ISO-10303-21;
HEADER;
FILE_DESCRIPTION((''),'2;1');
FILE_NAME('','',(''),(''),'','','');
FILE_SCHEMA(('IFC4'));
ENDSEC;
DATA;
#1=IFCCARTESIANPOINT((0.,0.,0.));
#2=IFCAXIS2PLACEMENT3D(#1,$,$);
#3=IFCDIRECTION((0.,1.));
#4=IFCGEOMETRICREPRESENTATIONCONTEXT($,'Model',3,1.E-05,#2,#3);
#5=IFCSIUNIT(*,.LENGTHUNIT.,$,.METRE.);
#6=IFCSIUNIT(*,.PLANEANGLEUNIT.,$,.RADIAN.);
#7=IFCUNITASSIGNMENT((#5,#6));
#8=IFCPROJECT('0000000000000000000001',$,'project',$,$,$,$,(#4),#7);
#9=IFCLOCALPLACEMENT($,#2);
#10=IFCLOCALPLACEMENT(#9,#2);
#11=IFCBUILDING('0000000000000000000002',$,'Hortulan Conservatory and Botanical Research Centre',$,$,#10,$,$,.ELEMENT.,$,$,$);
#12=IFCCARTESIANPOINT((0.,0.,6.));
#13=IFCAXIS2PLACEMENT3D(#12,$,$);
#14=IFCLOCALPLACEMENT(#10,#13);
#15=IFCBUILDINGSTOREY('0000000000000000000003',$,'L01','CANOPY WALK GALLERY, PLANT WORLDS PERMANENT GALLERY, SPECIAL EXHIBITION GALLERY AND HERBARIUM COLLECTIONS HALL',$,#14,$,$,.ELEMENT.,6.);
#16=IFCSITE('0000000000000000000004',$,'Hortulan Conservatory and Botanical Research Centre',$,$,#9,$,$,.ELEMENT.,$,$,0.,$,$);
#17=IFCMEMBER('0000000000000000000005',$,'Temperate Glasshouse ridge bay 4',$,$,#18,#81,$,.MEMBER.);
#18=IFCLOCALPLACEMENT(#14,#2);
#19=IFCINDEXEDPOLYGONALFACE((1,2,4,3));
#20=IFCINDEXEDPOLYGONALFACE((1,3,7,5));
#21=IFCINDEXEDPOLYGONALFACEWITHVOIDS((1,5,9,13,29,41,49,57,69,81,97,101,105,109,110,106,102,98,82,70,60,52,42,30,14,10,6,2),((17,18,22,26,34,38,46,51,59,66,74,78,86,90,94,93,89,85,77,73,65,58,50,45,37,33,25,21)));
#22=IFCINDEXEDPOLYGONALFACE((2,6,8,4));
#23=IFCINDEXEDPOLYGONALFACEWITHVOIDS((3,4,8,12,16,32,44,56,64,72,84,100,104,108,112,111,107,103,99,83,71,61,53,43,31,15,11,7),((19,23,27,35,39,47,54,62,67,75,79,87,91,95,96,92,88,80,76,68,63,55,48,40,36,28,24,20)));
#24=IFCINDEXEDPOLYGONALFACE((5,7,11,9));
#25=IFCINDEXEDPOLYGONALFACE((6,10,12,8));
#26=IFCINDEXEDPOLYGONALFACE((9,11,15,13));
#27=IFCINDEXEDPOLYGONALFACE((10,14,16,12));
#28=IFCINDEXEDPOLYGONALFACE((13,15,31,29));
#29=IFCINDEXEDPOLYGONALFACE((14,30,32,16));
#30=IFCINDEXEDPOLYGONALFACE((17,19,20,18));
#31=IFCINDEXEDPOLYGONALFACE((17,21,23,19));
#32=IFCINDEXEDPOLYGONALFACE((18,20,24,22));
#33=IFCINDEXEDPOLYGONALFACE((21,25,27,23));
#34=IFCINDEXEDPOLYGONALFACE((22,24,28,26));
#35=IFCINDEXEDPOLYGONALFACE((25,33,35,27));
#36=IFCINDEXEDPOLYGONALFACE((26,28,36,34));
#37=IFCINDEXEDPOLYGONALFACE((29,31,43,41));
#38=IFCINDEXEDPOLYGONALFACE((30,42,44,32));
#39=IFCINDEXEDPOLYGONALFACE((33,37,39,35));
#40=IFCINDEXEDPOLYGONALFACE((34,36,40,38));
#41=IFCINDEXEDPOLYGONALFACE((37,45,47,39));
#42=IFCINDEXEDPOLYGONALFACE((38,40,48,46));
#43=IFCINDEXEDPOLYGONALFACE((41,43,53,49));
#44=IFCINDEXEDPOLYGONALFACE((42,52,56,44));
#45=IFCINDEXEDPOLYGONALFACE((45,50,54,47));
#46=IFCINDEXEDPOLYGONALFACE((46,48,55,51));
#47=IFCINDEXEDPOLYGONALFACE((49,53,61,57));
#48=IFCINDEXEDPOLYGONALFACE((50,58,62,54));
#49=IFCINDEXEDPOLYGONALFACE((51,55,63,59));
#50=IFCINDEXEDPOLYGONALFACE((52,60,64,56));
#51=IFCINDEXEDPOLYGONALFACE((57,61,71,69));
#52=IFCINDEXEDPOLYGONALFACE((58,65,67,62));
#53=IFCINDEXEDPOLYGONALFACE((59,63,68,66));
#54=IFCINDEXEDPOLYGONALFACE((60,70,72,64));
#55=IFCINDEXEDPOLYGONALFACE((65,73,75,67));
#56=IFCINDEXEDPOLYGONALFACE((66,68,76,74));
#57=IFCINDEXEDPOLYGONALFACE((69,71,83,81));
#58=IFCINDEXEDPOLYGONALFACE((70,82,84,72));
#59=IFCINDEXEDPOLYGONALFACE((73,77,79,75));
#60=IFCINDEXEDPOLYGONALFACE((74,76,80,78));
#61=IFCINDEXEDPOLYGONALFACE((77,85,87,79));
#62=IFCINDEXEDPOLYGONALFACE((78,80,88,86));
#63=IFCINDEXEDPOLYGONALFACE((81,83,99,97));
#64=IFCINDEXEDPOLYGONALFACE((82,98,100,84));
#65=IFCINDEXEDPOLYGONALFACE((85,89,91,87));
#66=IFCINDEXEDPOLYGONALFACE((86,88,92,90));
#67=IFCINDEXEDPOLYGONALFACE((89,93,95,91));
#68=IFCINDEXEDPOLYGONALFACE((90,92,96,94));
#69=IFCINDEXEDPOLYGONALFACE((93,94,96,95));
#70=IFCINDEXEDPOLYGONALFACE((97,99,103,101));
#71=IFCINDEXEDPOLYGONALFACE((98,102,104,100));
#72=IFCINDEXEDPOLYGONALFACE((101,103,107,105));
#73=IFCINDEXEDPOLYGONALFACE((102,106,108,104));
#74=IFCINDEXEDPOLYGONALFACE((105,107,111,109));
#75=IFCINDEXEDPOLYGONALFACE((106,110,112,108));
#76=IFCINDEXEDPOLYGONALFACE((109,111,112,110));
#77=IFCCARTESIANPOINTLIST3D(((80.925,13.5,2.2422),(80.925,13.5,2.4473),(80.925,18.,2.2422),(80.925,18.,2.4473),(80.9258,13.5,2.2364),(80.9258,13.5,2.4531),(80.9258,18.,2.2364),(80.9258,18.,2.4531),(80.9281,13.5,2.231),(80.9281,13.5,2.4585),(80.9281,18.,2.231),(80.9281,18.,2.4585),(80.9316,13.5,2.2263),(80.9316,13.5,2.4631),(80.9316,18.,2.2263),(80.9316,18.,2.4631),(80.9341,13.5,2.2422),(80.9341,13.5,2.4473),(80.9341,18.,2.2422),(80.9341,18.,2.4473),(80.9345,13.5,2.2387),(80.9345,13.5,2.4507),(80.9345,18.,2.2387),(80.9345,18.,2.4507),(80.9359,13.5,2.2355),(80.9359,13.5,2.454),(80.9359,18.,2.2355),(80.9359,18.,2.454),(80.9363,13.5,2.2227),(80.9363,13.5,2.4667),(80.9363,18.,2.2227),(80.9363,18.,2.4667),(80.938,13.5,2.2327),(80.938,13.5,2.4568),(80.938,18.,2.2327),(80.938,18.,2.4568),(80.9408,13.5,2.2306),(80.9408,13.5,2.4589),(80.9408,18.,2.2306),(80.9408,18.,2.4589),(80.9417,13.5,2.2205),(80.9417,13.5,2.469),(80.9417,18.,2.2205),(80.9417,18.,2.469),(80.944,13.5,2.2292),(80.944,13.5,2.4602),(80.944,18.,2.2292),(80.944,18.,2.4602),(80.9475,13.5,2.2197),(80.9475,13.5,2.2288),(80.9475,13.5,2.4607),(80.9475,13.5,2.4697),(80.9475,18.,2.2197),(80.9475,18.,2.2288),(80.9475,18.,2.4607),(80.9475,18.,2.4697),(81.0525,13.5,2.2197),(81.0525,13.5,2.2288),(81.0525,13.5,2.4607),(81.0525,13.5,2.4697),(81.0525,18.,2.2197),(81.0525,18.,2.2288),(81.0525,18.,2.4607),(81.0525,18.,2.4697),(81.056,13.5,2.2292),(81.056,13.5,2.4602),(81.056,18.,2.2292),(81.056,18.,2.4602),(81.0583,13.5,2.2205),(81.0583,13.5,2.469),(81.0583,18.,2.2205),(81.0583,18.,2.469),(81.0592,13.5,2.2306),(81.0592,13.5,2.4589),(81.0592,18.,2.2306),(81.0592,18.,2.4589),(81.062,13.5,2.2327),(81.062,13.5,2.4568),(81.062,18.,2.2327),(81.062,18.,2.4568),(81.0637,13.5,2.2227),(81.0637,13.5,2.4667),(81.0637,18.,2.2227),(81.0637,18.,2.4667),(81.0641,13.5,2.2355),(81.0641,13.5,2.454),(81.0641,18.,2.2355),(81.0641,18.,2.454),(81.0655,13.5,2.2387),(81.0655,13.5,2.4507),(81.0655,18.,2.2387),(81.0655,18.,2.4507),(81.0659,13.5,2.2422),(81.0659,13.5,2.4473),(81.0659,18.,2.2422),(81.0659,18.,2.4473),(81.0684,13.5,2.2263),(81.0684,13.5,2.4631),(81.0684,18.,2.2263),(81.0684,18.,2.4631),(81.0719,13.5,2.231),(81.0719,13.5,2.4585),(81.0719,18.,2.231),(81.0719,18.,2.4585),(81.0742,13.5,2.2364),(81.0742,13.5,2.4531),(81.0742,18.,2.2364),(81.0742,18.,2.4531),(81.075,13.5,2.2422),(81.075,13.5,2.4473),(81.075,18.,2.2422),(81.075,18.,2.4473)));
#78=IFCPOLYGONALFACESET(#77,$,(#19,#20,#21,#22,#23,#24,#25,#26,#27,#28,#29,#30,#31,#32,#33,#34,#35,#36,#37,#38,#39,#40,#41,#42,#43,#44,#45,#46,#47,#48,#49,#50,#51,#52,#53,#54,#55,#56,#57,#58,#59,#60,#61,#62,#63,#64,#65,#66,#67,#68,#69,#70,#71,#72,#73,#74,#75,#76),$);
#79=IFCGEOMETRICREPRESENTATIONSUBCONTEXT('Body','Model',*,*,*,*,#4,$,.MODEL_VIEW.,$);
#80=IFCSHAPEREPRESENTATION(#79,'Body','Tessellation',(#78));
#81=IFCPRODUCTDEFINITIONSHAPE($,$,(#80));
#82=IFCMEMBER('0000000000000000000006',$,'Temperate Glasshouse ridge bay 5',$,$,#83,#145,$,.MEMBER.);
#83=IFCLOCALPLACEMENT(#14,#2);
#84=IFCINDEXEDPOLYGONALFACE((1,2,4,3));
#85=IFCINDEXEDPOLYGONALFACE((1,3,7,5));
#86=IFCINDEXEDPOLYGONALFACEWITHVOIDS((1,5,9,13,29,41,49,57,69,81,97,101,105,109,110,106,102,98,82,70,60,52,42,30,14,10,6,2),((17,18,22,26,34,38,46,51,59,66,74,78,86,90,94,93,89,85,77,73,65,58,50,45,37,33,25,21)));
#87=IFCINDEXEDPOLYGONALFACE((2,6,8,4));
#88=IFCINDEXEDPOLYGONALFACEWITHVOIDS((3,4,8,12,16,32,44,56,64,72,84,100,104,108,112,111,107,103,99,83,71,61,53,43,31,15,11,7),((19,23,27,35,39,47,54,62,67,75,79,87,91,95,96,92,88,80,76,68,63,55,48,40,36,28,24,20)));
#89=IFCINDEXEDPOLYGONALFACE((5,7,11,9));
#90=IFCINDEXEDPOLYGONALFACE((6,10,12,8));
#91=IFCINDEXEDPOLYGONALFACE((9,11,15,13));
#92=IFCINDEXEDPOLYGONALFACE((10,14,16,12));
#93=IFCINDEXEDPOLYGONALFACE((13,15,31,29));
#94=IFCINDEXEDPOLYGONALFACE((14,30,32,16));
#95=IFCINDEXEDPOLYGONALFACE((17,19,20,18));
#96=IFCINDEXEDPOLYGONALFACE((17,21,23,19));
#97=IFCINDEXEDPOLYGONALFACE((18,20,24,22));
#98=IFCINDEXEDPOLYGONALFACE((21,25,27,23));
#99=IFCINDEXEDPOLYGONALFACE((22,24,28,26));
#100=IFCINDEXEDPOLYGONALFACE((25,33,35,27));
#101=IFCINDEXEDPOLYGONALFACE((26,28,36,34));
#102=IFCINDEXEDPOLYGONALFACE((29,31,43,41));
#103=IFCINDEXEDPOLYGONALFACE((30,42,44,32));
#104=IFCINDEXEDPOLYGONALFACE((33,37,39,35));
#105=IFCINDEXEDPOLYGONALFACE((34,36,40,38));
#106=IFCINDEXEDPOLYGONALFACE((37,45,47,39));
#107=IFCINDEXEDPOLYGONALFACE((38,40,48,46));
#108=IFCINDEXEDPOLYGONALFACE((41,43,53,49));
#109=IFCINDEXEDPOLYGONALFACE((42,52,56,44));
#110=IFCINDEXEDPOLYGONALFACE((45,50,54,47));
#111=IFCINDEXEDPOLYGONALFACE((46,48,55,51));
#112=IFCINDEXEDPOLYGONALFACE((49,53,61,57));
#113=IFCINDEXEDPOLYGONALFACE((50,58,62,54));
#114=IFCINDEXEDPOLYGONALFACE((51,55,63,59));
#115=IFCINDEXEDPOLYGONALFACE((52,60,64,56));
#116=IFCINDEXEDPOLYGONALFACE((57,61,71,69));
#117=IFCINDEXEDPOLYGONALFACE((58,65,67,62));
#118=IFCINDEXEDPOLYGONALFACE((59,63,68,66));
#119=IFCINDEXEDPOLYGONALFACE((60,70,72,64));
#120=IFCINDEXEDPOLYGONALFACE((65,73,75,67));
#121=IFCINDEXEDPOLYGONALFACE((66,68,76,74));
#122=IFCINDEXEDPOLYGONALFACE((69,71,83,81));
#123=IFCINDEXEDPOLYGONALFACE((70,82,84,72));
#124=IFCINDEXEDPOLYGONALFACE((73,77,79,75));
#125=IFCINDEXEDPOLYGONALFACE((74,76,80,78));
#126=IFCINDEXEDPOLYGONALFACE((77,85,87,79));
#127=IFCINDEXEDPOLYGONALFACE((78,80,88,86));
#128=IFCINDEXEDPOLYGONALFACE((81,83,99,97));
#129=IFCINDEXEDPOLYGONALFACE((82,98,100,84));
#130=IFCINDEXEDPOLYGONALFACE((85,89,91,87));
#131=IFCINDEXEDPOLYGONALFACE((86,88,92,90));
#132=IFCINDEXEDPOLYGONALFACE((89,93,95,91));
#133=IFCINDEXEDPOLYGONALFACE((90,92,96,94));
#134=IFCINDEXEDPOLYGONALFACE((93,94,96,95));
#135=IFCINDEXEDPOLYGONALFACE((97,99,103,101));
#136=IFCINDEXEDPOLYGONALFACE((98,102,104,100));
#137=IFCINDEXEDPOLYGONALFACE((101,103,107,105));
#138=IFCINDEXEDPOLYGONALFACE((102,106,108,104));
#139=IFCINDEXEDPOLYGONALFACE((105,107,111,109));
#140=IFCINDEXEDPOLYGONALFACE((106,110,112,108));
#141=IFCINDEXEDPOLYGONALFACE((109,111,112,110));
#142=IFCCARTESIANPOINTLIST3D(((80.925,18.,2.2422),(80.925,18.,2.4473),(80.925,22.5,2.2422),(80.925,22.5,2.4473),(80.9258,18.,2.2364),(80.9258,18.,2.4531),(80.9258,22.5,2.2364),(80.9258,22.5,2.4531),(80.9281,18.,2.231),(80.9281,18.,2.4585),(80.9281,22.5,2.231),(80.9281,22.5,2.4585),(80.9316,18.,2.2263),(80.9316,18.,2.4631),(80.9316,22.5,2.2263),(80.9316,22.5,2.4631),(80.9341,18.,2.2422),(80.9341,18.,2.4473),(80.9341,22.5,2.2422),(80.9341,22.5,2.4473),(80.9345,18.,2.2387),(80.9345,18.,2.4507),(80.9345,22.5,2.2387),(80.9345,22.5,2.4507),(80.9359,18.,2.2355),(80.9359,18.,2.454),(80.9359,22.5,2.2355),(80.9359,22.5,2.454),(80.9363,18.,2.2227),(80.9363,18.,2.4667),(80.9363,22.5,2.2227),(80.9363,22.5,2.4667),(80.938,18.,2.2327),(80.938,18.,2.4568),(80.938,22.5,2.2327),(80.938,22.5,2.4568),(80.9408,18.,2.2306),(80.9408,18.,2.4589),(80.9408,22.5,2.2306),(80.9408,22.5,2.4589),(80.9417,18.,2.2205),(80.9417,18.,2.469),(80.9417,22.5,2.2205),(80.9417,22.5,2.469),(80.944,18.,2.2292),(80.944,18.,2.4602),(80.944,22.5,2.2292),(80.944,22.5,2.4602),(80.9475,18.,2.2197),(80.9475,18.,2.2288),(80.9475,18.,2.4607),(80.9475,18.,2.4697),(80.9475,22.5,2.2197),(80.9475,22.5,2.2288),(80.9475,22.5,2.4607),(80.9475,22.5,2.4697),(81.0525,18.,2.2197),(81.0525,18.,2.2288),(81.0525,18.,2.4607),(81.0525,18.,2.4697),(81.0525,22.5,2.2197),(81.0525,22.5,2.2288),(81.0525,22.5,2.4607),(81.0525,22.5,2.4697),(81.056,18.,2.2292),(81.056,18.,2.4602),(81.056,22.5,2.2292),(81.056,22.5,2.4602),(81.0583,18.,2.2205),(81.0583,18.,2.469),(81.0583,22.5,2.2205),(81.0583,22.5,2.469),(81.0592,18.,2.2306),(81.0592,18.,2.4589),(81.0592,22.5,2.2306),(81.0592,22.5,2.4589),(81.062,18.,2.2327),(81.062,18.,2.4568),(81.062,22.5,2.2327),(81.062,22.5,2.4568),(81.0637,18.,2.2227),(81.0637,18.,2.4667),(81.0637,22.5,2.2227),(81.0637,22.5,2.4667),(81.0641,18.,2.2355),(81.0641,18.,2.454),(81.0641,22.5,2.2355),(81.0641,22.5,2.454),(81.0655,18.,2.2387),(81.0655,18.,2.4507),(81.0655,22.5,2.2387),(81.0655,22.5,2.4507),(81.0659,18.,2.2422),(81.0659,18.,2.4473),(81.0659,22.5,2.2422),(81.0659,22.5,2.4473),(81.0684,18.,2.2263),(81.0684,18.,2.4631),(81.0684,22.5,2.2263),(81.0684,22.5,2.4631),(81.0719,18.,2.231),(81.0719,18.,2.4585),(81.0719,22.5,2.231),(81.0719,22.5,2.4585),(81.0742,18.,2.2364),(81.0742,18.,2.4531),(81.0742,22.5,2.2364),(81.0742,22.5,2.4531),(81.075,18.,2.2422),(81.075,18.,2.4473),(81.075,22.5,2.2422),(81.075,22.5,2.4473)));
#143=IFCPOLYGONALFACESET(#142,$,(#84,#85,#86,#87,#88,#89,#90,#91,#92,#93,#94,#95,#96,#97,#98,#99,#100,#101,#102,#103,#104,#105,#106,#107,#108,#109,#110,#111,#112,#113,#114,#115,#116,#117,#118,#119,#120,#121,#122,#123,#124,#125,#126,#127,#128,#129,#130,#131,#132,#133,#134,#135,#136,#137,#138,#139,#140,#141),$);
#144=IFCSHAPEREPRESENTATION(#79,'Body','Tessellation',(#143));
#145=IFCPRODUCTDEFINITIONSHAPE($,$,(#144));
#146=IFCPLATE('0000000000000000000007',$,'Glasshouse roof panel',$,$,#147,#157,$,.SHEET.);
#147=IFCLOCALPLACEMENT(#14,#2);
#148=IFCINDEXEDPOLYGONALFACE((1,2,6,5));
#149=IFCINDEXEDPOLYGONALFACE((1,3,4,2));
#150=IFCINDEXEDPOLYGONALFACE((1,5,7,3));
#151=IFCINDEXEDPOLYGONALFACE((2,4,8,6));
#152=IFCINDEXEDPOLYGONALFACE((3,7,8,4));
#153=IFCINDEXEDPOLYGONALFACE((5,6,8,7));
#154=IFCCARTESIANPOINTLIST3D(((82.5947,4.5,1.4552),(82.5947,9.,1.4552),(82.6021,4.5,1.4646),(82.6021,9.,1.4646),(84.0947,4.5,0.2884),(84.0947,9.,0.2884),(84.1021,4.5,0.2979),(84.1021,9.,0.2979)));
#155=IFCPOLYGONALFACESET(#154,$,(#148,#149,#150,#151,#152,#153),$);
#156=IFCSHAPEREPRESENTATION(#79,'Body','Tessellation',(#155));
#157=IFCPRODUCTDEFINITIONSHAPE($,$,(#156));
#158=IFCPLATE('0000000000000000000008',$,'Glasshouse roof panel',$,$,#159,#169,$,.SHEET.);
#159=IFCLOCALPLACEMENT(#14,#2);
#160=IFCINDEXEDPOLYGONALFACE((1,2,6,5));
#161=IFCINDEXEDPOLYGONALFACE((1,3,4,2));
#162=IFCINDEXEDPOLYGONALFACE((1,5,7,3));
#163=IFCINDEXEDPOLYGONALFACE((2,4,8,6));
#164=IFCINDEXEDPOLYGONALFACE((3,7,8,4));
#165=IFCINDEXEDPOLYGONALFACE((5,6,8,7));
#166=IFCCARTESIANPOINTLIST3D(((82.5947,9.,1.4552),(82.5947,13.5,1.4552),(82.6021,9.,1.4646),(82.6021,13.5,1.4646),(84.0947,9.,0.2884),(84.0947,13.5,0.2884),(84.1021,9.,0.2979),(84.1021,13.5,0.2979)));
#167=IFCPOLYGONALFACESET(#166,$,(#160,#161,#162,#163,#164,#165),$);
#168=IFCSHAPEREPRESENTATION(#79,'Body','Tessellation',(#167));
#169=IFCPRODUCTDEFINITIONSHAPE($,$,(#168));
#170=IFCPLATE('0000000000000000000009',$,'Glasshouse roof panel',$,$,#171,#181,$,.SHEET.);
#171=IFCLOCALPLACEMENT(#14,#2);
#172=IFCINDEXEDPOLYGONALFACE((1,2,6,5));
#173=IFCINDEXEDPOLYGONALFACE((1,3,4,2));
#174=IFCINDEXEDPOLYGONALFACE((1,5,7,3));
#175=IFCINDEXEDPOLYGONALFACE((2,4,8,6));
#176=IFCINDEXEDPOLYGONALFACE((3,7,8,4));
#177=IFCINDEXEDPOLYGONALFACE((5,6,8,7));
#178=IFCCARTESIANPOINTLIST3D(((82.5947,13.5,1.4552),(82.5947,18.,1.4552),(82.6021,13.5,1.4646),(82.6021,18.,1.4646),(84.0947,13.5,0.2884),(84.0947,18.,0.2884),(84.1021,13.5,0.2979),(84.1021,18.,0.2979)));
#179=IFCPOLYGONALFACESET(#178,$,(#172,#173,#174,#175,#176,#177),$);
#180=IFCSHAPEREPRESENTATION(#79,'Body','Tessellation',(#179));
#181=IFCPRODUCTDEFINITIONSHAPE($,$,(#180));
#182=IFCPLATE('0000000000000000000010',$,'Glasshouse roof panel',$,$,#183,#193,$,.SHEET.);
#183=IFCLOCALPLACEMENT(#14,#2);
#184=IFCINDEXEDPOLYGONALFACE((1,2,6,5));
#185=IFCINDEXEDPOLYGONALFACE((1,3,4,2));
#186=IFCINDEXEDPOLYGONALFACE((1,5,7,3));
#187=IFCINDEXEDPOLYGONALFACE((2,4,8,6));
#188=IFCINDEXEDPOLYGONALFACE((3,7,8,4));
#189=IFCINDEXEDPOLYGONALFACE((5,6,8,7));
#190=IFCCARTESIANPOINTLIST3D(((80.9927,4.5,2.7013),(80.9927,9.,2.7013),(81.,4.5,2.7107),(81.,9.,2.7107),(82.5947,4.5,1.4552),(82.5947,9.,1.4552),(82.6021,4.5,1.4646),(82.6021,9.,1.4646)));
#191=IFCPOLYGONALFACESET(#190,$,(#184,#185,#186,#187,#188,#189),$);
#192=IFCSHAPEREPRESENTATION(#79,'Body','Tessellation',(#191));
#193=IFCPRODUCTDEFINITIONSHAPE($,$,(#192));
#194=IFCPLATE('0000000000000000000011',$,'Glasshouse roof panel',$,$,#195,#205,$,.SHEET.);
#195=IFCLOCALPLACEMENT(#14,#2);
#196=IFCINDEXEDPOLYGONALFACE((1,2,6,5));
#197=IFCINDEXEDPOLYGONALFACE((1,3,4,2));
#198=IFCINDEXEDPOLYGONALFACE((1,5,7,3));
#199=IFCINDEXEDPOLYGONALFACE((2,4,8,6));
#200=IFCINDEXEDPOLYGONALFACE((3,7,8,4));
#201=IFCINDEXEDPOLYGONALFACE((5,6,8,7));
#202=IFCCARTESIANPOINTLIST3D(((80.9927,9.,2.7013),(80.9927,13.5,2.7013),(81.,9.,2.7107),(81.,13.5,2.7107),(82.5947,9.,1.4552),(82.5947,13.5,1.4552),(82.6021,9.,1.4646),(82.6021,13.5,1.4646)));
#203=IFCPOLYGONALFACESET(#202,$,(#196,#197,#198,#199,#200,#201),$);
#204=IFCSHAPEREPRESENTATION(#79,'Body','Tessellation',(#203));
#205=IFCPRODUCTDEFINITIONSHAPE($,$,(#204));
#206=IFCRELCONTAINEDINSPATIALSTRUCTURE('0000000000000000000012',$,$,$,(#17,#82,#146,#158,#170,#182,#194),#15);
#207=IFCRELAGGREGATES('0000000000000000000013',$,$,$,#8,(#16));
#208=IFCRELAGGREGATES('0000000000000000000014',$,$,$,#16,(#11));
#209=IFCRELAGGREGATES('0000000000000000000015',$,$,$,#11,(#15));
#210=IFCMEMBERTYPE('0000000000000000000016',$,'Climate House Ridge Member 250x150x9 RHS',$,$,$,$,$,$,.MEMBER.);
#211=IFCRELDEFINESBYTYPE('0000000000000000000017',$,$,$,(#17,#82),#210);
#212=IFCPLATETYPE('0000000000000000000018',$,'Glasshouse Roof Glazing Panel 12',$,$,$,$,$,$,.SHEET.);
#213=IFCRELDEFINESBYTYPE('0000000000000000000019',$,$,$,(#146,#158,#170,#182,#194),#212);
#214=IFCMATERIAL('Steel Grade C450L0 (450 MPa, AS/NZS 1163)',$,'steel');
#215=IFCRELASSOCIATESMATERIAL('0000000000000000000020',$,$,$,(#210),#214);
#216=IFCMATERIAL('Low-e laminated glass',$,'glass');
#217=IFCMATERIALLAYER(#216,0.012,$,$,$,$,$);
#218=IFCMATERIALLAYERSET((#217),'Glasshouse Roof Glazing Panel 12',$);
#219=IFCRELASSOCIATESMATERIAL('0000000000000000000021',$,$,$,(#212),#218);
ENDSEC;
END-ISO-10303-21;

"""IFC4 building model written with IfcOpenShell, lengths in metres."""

from ifc_helpers import new_model, si_unit, direction, frame, origin, origin_2d, place, context, subcontext, project, spatial, polyline, hollow_rectangle, outline, extrude, material, layer, layer_set, material_profile, profile_set, type_object, element, save


model = new_model("IFC4")

# Units and contexts
model_context = context("Model", 3, precision=1e-05, world=origin(), true_north=direction((0.0, 1.0)))
body_context = subcontext(model_context, "Body", "Model", "MODEL_VIEW")
ifc_project = project(units=[si_unit("LENGTHUNIT", "METRE"), si_unit("PLANEANGLEUNIT", "RADIAN")], contexts=[model_context])

# Site, building, storey
site_placement = place(None, origin())
site = spatial("IfcSite", under=ifc_project, at=site_placement, Name="Hortulan Conservatory and Botanical Research Centre", CompositionType="ELEMENT", RefElevation=0.0)
building_placement = place(site_placement, origin())
building = spatial("IfcBuilding", under=site, at=building_placement, Name="Hortulan Conservatory and Botanical Research Centre", CompositionType="ELEMENT")
storey_placement = place(building_placement, frame((0.0, 0.0, 6.0)))
storey = spatial("IfcBuildingStorey", under=building, at=storey_placement, Name="L01", Description="CANOPY WALK GALLERY, PLANT WORLDS PERMANENT GALLERY, SPECIAL EXHIBITION GALLERY AND HERBARIUM COLLECTIONS HALL", CompositionType="ELEMENT", Elevation=6.0)

# Shared definitions
ifc_material_1 = material(Name="Steel Grade C450L0 (450 MPa, AS/NZS 1163)", Category="steel")

# Members
ifc_material_profile_1 = material_profile(ifc_material_1, hollow_rectangle(XDim=0.1499, YDim=0.25, WallThickness=0.009, InnerFilletRadius=0.0134, OuterFilletRadius=0.0225, at=origin_2d()), Name="250x150x9RHS")
ifc_profile_set_1 = profile_set([ifc_material_profile_1], Name="Steel Grade C450L0 (450 MPa, AS/NZS 1163)")
member_type_1 = type_object("IfcMemberType", Name="Climate House Ridge Member 250x150x9 RHS", PredefinedType="MEMBER", material=ifc_profile_set_1)
for number, where, z_axis, x_axis, name in (
    (1, (81.0, 13.5, 2.3447), (0.0, 1.0, 0.0), (-1.0, 0.0, 0.0), "Temperate Glasshouse ridge bay 4"),
    (2, (81.0, 18.0, 2.3447), (0.0, 1.0, 0.0), (-1.0, 0.0, 0.0), "Temperate Glasshouse ridge bay 5"),
):
    element("IfcMember", number, at=place(storey_placement, frame(where, z_axis=z_axis, x_axis=x_axis)), inside=storey, type_object=member_type_1, Name=name, PredefinedType="MEMBER", context=body_context, shape_type="SweptSolid", body=[
        extrude(hollow_rectangle(XDim=0.1499, YDim=0.25, WallThickness=0.009, InnerFilletRadius=0.0134, OuterFilletRadius=0.0225, at=origin_2d()), origin(), (0.0, 0.0, 1.0), 4.5),
    ])

# Plates
ifc_material_2 = material(Name="Low-e laminated glass", Category="glass")
ifc_layer = layer(ifc_material_2, 0.012)
ifc_layer_set = layer_set([ifc_layer], Name="Glasshouse Roof Glazing Panel 12")
plate_type = type_object("IfcPlateType", Name="Glasshouse Roof Glazing Panel 12", PredefinedType="SHEET", material=ifc_layer_set)
for number, where, z_axis, x_axis, name in (
    (3, (84.1021, 9.0, 0.2979), (0.613967, 0.0, 0.789331), (-0.789331, 0.0, 0.613967), "Glasshouse roof panel"),
    (4, (84.1021, 13.5, 0.2979), (0.613967, 0.0, 0.789331), (-0.789331, 0.0, 0.613967), "Glasshouse roof panel"),
    (5, (84.1021, 18.0, 0.2979), (0.613967, 0.0, 0.789331), (-0.789331, 0.0, 0.613967), "Glasshouse roof panel"),
):
    element("IfcPlate", number, at=place(storey_placement, frame(where, z_axis=z_axis, x_axis=x_axis)), inside=storey, type_object=plate_type, Name=name, PredefinedType="SHEET", context=body_context, shape_type="SweptSolid", body=[
        extrude(outline(polyline([(0.0, 0.0), (1.9003, 0.0), (1.9003, 4.5), (0.0, 4.5), (0.0, 0.0)])), origin(), (0.0, 0.0, -1.0), 0.012),
    ])
for number, where, z_axis, x_axis, name in (
    (6, (82.6021, 9.0, 1.4646), (0.613957, 0.0, 0.789339), (-0.789339, 0.0, 0.613957), "Glasshouse roof panel"),
    (7, (82.6021, 13.5, 1.4646), (0.613957, 0.0, 0.789339), (-0.789339, 0.0, 0.613957), "Glasshouse roof panel"),
):
    element("IfcPlate", number, at=place(storey_placement, frame(where, z_axis=z_axis, x_axis=x_axis)), inside=storey, type_object=plate_type, Name=name, PredefinedType="SHEET", context=body_context, shape_type="SweptSolid", body=[
        extrude(outline(polyline([(0.0, 0.0), (2.0296, 0.0), (2.0296, 4.5), (0.0, 4.5), (0.0, 0.0)])), origin(), (0.0, 0.0, -1.0), 0.012),
    ])

save(model, "model.ifc")
